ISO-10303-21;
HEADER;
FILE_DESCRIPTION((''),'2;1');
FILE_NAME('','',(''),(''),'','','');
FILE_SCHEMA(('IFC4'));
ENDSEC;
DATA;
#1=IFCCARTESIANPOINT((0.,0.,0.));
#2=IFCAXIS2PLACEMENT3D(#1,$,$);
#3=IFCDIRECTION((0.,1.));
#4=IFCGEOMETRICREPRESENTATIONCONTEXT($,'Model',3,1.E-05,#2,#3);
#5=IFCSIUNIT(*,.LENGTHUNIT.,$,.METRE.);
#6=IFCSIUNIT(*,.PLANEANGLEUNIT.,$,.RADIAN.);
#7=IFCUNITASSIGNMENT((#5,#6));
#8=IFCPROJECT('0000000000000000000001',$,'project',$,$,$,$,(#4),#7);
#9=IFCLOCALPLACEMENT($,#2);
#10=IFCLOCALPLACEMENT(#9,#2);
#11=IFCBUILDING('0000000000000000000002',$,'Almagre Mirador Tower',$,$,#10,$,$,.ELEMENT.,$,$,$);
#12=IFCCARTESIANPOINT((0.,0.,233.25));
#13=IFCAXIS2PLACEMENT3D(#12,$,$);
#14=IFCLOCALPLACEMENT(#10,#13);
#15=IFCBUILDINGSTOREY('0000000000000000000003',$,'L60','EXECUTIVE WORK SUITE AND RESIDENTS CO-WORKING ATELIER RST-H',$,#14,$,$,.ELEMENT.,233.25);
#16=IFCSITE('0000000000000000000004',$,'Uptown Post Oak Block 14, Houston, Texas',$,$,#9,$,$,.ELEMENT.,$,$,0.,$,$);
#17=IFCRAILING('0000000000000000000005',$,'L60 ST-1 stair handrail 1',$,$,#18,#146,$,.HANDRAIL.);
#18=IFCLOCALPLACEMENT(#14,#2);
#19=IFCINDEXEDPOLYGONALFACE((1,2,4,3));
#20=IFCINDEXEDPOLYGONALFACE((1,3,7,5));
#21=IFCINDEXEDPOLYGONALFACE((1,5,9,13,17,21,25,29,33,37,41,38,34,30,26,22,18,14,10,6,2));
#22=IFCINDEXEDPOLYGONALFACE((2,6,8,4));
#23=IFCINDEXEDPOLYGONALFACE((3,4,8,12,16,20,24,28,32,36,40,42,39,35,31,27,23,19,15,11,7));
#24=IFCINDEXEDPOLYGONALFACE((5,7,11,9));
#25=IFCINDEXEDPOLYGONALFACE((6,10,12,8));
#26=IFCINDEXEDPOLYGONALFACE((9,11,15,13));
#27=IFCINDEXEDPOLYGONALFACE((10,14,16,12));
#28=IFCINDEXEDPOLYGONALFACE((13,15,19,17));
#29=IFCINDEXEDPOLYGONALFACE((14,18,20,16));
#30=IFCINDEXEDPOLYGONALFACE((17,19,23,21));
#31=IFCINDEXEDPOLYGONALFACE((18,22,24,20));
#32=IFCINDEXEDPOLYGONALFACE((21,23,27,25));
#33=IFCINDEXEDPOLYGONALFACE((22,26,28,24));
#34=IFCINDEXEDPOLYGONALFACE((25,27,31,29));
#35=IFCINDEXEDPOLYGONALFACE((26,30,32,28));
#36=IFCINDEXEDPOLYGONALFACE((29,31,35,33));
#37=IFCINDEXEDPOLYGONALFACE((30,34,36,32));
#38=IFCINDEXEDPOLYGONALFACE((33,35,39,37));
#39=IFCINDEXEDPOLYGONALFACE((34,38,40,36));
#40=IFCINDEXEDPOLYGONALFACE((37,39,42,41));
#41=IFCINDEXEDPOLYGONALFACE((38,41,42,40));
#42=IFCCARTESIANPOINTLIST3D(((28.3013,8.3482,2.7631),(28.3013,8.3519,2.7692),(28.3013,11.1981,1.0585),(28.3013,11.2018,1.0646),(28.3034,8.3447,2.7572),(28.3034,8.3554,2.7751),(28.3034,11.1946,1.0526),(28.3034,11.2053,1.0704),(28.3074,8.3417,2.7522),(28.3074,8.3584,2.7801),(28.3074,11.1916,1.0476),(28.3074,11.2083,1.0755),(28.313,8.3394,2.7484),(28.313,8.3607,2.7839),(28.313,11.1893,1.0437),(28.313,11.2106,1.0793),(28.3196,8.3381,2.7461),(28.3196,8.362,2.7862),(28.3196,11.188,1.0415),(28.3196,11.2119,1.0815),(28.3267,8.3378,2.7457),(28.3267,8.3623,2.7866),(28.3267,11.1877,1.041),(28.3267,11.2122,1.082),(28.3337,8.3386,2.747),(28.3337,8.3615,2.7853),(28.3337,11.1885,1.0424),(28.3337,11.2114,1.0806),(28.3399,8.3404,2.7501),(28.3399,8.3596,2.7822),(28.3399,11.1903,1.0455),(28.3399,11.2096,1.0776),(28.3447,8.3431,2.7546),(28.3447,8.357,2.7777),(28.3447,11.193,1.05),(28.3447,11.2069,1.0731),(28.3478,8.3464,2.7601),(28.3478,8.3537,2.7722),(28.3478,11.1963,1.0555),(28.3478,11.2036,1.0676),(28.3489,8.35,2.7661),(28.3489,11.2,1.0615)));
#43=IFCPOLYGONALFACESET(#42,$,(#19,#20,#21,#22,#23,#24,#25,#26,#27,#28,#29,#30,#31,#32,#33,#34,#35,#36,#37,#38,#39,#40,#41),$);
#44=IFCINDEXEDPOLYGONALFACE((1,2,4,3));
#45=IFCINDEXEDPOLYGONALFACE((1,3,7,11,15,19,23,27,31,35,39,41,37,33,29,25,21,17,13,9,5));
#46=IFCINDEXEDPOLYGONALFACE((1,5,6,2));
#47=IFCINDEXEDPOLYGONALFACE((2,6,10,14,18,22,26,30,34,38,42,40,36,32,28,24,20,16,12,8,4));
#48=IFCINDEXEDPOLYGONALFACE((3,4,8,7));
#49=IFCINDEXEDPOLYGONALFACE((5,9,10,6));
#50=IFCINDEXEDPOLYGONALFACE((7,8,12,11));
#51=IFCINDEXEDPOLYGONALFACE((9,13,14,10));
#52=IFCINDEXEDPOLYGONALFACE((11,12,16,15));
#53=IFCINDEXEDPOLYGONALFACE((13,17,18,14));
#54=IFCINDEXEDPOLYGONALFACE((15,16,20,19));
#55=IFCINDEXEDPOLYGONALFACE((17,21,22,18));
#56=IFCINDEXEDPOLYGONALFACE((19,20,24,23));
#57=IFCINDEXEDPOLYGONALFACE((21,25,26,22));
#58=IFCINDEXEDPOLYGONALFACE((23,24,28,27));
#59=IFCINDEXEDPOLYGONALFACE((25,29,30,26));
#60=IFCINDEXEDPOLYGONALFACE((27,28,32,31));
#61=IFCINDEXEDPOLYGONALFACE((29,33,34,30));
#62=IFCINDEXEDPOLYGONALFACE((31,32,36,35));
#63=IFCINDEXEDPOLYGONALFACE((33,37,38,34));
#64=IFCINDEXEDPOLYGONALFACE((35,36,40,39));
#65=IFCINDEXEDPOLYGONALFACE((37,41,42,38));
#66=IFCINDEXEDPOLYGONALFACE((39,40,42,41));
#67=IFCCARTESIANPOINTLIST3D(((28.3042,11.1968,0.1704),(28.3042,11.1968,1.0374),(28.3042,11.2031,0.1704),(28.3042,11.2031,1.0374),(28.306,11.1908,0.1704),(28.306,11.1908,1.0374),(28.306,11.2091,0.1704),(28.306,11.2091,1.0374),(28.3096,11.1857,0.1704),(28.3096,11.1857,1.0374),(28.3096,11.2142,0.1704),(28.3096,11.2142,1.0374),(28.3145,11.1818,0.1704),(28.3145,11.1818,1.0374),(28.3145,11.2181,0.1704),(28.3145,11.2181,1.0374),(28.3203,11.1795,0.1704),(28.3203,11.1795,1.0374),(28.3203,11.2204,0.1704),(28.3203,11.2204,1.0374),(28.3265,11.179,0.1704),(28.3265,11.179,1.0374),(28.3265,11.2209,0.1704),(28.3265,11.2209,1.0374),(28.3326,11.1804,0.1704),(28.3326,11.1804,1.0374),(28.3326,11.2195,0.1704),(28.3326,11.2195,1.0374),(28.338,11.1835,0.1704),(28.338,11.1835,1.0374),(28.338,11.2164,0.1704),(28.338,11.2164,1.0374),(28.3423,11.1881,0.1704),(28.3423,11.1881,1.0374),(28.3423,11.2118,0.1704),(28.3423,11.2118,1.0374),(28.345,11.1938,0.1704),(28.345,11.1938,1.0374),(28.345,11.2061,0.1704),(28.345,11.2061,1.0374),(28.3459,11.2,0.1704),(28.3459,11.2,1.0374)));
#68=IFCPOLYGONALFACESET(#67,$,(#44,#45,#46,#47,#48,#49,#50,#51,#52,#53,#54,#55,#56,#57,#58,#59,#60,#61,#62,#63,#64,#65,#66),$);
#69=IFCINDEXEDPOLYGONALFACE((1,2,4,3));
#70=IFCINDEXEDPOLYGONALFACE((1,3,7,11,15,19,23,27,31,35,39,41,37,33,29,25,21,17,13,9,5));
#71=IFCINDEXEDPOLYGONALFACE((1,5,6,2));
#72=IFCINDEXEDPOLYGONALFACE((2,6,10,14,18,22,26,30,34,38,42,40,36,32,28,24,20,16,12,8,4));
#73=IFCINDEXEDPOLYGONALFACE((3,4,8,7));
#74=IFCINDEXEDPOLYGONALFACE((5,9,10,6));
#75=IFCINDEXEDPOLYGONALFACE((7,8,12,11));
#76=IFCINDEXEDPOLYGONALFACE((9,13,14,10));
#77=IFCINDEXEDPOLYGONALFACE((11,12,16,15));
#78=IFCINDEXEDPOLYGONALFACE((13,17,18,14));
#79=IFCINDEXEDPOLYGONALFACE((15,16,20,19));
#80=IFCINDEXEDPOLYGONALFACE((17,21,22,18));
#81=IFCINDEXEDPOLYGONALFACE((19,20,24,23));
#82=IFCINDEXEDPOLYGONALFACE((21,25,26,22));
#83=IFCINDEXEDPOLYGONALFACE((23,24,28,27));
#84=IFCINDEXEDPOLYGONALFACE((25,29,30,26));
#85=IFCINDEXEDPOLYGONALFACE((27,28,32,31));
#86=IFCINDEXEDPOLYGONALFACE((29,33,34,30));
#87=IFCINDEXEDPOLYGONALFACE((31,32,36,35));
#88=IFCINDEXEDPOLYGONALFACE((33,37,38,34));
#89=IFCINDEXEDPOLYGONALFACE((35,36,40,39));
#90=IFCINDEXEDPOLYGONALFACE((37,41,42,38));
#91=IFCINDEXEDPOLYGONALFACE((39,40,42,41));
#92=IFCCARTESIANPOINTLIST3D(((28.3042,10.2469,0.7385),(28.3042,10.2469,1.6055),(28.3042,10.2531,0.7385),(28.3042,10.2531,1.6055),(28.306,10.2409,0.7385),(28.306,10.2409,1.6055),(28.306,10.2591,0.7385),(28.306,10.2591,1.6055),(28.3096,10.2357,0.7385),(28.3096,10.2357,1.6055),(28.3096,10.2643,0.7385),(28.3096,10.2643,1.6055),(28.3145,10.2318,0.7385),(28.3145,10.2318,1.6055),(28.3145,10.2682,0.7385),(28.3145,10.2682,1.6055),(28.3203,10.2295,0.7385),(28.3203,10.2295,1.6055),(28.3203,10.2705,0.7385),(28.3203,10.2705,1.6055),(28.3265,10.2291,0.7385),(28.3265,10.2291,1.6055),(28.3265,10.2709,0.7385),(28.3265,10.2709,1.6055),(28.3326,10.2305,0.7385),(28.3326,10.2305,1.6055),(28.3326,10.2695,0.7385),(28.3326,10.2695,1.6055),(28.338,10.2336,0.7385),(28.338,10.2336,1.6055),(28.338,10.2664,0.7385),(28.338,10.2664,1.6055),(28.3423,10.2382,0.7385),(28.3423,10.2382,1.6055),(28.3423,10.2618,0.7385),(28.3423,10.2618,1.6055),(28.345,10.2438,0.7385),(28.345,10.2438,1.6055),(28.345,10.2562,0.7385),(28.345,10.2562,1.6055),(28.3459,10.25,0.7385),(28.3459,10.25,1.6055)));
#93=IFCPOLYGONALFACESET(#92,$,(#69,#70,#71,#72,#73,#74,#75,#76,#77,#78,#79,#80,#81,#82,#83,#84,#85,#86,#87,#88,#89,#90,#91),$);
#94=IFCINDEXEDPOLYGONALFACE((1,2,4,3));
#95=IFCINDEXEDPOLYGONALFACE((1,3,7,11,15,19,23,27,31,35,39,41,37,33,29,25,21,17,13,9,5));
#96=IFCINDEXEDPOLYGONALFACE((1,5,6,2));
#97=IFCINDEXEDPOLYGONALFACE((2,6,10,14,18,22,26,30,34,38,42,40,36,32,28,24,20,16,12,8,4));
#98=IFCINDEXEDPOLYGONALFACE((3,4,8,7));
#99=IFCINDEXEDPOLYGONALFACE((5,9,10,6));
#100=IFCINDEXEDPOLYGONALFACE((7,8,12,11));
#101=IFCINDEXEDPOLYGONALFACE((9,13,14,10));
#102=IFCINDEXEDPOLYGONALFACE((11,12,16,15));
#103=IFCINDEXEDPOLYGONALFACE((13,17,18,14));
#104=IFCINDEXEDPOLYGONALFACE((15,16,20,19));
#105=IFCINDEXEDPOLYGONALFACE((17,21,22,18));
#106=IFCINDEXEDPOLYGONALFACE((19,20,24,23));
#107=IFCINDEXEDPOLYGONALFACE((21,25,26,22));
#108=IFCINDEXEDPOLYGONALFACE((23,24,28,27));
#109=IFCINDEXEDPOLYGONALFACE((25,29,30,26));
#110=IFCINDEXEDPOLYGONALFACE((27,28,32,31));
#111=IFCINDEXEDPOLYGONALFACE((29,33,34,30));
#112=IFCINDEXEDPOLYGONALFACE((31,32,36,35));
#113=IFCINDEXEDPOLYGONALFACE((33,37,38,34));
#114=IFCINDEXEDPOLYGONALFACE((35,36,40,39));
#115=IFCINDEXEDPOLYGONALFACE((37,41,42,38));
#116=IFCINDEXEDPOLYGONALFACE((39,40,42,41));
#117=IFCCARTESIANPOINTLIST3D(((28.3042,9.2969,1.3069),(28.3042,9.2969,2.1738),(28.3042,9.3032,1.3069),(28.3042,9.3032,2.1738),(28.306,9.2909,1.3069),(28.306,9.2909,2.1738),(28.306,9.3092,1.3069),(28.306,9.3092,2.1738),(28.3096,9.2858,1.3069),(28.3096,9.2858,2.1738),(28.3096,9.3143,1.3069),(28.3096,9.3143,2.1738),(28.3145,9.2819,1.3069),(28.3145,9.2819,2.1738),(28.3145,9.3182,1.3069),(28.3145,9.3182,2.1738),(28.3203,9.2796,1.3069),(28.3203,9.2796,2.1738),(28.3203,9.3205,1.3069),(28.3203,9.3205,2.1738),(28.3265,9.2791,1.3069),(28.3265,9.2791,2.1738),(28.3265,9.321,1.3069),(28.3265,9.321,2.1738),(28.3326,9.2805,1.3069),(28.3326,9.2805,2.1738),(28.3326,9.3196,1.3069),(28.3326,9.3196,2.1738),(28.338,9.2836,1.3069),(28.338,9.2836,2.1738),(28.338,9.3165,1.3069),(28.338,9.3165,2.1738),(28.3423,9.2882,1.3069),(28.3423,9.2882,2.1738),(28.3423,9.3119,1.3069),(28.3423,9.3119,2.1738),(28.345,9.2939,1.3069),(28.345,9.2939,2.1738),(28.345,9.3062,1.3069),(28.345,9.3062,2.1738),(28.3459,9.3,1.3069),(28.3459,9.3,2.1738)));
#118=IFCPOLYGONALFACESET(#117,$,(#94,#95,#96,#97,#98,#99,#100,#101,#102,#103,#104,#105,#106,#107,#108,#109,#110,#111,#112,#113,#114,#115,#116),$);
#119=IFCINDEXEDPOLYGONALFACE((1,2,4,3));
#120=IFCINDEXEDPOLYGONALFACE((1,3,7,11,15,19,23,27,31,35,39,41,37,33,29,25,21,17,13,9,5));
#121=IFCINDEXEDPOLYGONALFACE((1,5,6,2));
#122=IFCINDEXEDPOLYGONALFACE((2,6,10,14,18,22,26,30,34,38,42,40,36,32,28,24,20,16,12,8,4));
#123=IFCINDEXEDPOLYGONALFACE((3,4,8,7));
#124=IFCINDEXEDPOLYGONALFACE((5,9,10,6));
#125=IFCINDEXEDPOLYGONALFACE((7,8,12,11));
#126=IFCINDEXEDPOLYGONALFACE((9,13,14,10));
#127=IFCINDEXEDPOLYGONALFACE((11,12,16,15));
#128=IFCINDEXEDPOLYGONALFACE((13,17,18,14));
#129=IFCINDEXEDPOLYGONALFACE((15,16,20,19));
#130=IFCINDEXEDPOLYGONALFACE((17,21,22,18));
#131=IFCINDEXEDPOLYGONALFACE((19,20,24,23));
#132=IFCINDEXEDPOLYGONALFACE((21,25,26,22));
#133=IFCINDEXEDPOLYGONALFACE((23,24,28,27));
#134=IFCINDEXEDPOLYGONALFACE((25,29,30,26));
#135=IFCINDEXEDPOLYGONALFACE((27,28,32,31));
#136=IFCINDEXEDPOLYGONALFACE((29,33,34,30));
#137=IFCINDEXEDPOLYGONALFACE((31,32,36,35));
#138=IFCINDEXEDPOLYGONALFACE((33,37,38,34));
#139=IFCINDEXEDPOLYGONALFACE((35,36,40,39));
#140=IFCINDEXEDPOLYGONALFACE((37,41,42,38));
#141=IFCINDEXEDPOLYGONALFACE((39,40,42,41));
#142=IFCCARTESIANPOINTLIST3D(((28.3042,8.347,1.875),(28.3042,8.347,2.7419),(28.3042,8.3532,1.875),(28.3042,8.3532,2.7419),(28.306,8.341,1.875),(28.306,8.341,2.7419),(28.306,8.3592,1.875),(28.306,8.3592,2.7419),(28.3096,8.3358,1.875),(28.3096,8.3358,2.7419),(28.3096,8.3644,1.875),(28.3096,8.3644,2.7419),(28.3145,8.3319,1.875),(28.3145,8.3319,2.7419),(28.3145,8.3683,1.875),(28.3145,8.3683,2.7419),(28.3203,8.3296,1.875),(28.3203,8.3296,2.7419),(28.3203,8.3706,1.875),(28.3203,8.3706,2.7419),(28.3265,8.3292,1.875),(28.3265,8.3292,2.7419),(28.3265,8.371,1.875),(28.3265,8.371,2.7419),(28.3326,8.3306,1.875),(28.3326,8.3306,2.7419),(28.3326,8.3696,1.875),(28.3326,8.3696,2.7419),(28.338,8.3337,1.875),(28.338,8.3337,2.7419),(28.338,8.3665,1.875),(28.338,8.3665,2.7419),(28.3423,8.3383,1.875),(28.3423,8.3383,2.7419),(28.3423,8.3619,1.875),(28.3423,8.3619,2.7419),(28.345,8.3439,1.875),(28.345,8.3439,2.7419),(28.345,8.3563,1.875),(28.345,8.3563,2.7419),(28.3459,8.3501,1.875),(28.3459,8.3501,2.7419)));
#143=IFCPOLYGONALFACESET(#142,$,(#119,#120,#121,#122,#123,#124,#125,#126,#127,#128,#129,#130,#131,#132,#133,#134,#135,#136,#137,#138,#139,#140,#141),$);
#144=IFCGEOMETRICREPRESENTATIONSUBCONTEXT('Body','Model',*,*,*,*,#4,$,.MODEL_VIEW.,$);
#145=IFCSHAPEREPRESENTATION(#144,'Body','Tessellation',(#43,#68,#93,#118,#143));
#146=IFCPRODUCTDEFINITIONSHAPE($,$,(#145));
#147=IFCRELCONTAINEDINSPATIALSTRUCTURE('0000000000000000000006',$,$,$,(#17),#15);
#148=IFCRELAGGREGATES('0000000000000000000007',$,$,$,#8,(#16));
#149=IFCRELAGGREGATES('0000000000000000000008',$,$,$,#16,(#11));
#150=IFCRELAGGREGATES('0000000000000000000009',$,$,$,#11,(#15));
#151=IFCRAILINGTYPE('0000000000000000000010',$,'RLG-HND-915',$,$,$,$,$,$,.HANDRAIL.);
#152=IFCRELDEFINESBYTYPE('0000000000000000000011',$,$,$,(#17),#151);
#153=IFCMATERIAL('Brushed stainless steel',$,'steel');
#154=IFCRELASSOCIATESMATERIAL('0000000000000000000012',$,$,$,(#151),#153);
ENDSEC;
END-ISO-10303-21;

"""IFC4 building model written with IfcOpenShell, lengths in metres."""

from ifc_helpers import new_model, si_unit, direction, frame, origin, origin_2d, place, context, subcontext, project, spatial, circle, extrude, material, type_object, element, save


model = new_model("IFC4")

# Units and contexts
model_context = context("Model", 3, precision=1e-05, world=origin(), true_north=direction((0.0, 1.0)))
body_context = subcontext(model_context, "Body", "Model", "MODEL_VIEW")
ifc_project = project(units=[si_unit("LENGTHUNIT", "METRE"), si_unit("PLANEANGLEUNIT", "RADIAN")], contexts=[model_context])

# Site, building, storey
site_placement = place(None, origin())
site = spatial("IfcSite", under=ifc_project, at=site_placement, Name="Uptown Post Oak Block 14, Houston, Texas", CompositionType="ELEMENT", RefElevation=0.0)
building_placement = place(site_placement, origin())
building = spatial("IfcBuilding", under=site, at=building_placement, Name="Almagre Mirador Tower", CompositionType="ELEMENT")
storey_placement = place(building_placement, frame((0.0, 0.0, 233.25)))
storey = spatial("IfcBuildingStorey", under=building, at=storey_placement, Name="L60", Description="EXECUTIVE WORK SUITE AND RESIDENTS CO-WORKING ATELIER RST-H", CompositionType="ELEMENT", Elevation=233.25)

# Railing
ifc_material_1 = material(Name="Brushed stainless steel", Category="steel")
railing_type_1 = type_object("IfcRailingType", Name="RLG-HND-915", PredefinedType="HANDRAIL", material=ifc_material_1)
railing_1_placement = place(storey_placement, frame((28.325, 11.2, 0.1704)))
element("IfcRailing", 1, at=railing_1_placement, inside=storey, type_object=railing_type_1, Name="L60 ST-1 stair handrail 1", PredefinedType="HANDRAIL", context=body_context, shape_type="SweptSolid", body=[
    extrude(circle(Radius=0.0239, at=origin_2d()), frame((0.0, 0.0, 0.8911), z_axis=(0.0, -0.858199, 0.513317), x_axis=(1.0, 0.0, 0.0)), (0.0, 0.0, 1.0), 3.3208),
    extrude(circle(Radius=0.021, at=origin_2d()), origin(), (0.0, 0.0, 1.0), 0.8669),
    extrude(circle(Radius=0.021, at=origin_2d()), frame((0.0, -0.95, 0.5681)), (0.0, 0.0, 1.0), 0.8669),
    extrude(circle(Radius=0.021, at=origin_2d()), frame((0.0, -1.8999, 1.1365)), (0.0, 0.0, 1.0), 0.8669),
    extrude(circle(Radius=0.021, at=origin_2d()), frame((0.0, -2.8499, 1.7046)), (0.0, 0.0, 1.0), 0.8669),
])

save(model, "model.ifc")
